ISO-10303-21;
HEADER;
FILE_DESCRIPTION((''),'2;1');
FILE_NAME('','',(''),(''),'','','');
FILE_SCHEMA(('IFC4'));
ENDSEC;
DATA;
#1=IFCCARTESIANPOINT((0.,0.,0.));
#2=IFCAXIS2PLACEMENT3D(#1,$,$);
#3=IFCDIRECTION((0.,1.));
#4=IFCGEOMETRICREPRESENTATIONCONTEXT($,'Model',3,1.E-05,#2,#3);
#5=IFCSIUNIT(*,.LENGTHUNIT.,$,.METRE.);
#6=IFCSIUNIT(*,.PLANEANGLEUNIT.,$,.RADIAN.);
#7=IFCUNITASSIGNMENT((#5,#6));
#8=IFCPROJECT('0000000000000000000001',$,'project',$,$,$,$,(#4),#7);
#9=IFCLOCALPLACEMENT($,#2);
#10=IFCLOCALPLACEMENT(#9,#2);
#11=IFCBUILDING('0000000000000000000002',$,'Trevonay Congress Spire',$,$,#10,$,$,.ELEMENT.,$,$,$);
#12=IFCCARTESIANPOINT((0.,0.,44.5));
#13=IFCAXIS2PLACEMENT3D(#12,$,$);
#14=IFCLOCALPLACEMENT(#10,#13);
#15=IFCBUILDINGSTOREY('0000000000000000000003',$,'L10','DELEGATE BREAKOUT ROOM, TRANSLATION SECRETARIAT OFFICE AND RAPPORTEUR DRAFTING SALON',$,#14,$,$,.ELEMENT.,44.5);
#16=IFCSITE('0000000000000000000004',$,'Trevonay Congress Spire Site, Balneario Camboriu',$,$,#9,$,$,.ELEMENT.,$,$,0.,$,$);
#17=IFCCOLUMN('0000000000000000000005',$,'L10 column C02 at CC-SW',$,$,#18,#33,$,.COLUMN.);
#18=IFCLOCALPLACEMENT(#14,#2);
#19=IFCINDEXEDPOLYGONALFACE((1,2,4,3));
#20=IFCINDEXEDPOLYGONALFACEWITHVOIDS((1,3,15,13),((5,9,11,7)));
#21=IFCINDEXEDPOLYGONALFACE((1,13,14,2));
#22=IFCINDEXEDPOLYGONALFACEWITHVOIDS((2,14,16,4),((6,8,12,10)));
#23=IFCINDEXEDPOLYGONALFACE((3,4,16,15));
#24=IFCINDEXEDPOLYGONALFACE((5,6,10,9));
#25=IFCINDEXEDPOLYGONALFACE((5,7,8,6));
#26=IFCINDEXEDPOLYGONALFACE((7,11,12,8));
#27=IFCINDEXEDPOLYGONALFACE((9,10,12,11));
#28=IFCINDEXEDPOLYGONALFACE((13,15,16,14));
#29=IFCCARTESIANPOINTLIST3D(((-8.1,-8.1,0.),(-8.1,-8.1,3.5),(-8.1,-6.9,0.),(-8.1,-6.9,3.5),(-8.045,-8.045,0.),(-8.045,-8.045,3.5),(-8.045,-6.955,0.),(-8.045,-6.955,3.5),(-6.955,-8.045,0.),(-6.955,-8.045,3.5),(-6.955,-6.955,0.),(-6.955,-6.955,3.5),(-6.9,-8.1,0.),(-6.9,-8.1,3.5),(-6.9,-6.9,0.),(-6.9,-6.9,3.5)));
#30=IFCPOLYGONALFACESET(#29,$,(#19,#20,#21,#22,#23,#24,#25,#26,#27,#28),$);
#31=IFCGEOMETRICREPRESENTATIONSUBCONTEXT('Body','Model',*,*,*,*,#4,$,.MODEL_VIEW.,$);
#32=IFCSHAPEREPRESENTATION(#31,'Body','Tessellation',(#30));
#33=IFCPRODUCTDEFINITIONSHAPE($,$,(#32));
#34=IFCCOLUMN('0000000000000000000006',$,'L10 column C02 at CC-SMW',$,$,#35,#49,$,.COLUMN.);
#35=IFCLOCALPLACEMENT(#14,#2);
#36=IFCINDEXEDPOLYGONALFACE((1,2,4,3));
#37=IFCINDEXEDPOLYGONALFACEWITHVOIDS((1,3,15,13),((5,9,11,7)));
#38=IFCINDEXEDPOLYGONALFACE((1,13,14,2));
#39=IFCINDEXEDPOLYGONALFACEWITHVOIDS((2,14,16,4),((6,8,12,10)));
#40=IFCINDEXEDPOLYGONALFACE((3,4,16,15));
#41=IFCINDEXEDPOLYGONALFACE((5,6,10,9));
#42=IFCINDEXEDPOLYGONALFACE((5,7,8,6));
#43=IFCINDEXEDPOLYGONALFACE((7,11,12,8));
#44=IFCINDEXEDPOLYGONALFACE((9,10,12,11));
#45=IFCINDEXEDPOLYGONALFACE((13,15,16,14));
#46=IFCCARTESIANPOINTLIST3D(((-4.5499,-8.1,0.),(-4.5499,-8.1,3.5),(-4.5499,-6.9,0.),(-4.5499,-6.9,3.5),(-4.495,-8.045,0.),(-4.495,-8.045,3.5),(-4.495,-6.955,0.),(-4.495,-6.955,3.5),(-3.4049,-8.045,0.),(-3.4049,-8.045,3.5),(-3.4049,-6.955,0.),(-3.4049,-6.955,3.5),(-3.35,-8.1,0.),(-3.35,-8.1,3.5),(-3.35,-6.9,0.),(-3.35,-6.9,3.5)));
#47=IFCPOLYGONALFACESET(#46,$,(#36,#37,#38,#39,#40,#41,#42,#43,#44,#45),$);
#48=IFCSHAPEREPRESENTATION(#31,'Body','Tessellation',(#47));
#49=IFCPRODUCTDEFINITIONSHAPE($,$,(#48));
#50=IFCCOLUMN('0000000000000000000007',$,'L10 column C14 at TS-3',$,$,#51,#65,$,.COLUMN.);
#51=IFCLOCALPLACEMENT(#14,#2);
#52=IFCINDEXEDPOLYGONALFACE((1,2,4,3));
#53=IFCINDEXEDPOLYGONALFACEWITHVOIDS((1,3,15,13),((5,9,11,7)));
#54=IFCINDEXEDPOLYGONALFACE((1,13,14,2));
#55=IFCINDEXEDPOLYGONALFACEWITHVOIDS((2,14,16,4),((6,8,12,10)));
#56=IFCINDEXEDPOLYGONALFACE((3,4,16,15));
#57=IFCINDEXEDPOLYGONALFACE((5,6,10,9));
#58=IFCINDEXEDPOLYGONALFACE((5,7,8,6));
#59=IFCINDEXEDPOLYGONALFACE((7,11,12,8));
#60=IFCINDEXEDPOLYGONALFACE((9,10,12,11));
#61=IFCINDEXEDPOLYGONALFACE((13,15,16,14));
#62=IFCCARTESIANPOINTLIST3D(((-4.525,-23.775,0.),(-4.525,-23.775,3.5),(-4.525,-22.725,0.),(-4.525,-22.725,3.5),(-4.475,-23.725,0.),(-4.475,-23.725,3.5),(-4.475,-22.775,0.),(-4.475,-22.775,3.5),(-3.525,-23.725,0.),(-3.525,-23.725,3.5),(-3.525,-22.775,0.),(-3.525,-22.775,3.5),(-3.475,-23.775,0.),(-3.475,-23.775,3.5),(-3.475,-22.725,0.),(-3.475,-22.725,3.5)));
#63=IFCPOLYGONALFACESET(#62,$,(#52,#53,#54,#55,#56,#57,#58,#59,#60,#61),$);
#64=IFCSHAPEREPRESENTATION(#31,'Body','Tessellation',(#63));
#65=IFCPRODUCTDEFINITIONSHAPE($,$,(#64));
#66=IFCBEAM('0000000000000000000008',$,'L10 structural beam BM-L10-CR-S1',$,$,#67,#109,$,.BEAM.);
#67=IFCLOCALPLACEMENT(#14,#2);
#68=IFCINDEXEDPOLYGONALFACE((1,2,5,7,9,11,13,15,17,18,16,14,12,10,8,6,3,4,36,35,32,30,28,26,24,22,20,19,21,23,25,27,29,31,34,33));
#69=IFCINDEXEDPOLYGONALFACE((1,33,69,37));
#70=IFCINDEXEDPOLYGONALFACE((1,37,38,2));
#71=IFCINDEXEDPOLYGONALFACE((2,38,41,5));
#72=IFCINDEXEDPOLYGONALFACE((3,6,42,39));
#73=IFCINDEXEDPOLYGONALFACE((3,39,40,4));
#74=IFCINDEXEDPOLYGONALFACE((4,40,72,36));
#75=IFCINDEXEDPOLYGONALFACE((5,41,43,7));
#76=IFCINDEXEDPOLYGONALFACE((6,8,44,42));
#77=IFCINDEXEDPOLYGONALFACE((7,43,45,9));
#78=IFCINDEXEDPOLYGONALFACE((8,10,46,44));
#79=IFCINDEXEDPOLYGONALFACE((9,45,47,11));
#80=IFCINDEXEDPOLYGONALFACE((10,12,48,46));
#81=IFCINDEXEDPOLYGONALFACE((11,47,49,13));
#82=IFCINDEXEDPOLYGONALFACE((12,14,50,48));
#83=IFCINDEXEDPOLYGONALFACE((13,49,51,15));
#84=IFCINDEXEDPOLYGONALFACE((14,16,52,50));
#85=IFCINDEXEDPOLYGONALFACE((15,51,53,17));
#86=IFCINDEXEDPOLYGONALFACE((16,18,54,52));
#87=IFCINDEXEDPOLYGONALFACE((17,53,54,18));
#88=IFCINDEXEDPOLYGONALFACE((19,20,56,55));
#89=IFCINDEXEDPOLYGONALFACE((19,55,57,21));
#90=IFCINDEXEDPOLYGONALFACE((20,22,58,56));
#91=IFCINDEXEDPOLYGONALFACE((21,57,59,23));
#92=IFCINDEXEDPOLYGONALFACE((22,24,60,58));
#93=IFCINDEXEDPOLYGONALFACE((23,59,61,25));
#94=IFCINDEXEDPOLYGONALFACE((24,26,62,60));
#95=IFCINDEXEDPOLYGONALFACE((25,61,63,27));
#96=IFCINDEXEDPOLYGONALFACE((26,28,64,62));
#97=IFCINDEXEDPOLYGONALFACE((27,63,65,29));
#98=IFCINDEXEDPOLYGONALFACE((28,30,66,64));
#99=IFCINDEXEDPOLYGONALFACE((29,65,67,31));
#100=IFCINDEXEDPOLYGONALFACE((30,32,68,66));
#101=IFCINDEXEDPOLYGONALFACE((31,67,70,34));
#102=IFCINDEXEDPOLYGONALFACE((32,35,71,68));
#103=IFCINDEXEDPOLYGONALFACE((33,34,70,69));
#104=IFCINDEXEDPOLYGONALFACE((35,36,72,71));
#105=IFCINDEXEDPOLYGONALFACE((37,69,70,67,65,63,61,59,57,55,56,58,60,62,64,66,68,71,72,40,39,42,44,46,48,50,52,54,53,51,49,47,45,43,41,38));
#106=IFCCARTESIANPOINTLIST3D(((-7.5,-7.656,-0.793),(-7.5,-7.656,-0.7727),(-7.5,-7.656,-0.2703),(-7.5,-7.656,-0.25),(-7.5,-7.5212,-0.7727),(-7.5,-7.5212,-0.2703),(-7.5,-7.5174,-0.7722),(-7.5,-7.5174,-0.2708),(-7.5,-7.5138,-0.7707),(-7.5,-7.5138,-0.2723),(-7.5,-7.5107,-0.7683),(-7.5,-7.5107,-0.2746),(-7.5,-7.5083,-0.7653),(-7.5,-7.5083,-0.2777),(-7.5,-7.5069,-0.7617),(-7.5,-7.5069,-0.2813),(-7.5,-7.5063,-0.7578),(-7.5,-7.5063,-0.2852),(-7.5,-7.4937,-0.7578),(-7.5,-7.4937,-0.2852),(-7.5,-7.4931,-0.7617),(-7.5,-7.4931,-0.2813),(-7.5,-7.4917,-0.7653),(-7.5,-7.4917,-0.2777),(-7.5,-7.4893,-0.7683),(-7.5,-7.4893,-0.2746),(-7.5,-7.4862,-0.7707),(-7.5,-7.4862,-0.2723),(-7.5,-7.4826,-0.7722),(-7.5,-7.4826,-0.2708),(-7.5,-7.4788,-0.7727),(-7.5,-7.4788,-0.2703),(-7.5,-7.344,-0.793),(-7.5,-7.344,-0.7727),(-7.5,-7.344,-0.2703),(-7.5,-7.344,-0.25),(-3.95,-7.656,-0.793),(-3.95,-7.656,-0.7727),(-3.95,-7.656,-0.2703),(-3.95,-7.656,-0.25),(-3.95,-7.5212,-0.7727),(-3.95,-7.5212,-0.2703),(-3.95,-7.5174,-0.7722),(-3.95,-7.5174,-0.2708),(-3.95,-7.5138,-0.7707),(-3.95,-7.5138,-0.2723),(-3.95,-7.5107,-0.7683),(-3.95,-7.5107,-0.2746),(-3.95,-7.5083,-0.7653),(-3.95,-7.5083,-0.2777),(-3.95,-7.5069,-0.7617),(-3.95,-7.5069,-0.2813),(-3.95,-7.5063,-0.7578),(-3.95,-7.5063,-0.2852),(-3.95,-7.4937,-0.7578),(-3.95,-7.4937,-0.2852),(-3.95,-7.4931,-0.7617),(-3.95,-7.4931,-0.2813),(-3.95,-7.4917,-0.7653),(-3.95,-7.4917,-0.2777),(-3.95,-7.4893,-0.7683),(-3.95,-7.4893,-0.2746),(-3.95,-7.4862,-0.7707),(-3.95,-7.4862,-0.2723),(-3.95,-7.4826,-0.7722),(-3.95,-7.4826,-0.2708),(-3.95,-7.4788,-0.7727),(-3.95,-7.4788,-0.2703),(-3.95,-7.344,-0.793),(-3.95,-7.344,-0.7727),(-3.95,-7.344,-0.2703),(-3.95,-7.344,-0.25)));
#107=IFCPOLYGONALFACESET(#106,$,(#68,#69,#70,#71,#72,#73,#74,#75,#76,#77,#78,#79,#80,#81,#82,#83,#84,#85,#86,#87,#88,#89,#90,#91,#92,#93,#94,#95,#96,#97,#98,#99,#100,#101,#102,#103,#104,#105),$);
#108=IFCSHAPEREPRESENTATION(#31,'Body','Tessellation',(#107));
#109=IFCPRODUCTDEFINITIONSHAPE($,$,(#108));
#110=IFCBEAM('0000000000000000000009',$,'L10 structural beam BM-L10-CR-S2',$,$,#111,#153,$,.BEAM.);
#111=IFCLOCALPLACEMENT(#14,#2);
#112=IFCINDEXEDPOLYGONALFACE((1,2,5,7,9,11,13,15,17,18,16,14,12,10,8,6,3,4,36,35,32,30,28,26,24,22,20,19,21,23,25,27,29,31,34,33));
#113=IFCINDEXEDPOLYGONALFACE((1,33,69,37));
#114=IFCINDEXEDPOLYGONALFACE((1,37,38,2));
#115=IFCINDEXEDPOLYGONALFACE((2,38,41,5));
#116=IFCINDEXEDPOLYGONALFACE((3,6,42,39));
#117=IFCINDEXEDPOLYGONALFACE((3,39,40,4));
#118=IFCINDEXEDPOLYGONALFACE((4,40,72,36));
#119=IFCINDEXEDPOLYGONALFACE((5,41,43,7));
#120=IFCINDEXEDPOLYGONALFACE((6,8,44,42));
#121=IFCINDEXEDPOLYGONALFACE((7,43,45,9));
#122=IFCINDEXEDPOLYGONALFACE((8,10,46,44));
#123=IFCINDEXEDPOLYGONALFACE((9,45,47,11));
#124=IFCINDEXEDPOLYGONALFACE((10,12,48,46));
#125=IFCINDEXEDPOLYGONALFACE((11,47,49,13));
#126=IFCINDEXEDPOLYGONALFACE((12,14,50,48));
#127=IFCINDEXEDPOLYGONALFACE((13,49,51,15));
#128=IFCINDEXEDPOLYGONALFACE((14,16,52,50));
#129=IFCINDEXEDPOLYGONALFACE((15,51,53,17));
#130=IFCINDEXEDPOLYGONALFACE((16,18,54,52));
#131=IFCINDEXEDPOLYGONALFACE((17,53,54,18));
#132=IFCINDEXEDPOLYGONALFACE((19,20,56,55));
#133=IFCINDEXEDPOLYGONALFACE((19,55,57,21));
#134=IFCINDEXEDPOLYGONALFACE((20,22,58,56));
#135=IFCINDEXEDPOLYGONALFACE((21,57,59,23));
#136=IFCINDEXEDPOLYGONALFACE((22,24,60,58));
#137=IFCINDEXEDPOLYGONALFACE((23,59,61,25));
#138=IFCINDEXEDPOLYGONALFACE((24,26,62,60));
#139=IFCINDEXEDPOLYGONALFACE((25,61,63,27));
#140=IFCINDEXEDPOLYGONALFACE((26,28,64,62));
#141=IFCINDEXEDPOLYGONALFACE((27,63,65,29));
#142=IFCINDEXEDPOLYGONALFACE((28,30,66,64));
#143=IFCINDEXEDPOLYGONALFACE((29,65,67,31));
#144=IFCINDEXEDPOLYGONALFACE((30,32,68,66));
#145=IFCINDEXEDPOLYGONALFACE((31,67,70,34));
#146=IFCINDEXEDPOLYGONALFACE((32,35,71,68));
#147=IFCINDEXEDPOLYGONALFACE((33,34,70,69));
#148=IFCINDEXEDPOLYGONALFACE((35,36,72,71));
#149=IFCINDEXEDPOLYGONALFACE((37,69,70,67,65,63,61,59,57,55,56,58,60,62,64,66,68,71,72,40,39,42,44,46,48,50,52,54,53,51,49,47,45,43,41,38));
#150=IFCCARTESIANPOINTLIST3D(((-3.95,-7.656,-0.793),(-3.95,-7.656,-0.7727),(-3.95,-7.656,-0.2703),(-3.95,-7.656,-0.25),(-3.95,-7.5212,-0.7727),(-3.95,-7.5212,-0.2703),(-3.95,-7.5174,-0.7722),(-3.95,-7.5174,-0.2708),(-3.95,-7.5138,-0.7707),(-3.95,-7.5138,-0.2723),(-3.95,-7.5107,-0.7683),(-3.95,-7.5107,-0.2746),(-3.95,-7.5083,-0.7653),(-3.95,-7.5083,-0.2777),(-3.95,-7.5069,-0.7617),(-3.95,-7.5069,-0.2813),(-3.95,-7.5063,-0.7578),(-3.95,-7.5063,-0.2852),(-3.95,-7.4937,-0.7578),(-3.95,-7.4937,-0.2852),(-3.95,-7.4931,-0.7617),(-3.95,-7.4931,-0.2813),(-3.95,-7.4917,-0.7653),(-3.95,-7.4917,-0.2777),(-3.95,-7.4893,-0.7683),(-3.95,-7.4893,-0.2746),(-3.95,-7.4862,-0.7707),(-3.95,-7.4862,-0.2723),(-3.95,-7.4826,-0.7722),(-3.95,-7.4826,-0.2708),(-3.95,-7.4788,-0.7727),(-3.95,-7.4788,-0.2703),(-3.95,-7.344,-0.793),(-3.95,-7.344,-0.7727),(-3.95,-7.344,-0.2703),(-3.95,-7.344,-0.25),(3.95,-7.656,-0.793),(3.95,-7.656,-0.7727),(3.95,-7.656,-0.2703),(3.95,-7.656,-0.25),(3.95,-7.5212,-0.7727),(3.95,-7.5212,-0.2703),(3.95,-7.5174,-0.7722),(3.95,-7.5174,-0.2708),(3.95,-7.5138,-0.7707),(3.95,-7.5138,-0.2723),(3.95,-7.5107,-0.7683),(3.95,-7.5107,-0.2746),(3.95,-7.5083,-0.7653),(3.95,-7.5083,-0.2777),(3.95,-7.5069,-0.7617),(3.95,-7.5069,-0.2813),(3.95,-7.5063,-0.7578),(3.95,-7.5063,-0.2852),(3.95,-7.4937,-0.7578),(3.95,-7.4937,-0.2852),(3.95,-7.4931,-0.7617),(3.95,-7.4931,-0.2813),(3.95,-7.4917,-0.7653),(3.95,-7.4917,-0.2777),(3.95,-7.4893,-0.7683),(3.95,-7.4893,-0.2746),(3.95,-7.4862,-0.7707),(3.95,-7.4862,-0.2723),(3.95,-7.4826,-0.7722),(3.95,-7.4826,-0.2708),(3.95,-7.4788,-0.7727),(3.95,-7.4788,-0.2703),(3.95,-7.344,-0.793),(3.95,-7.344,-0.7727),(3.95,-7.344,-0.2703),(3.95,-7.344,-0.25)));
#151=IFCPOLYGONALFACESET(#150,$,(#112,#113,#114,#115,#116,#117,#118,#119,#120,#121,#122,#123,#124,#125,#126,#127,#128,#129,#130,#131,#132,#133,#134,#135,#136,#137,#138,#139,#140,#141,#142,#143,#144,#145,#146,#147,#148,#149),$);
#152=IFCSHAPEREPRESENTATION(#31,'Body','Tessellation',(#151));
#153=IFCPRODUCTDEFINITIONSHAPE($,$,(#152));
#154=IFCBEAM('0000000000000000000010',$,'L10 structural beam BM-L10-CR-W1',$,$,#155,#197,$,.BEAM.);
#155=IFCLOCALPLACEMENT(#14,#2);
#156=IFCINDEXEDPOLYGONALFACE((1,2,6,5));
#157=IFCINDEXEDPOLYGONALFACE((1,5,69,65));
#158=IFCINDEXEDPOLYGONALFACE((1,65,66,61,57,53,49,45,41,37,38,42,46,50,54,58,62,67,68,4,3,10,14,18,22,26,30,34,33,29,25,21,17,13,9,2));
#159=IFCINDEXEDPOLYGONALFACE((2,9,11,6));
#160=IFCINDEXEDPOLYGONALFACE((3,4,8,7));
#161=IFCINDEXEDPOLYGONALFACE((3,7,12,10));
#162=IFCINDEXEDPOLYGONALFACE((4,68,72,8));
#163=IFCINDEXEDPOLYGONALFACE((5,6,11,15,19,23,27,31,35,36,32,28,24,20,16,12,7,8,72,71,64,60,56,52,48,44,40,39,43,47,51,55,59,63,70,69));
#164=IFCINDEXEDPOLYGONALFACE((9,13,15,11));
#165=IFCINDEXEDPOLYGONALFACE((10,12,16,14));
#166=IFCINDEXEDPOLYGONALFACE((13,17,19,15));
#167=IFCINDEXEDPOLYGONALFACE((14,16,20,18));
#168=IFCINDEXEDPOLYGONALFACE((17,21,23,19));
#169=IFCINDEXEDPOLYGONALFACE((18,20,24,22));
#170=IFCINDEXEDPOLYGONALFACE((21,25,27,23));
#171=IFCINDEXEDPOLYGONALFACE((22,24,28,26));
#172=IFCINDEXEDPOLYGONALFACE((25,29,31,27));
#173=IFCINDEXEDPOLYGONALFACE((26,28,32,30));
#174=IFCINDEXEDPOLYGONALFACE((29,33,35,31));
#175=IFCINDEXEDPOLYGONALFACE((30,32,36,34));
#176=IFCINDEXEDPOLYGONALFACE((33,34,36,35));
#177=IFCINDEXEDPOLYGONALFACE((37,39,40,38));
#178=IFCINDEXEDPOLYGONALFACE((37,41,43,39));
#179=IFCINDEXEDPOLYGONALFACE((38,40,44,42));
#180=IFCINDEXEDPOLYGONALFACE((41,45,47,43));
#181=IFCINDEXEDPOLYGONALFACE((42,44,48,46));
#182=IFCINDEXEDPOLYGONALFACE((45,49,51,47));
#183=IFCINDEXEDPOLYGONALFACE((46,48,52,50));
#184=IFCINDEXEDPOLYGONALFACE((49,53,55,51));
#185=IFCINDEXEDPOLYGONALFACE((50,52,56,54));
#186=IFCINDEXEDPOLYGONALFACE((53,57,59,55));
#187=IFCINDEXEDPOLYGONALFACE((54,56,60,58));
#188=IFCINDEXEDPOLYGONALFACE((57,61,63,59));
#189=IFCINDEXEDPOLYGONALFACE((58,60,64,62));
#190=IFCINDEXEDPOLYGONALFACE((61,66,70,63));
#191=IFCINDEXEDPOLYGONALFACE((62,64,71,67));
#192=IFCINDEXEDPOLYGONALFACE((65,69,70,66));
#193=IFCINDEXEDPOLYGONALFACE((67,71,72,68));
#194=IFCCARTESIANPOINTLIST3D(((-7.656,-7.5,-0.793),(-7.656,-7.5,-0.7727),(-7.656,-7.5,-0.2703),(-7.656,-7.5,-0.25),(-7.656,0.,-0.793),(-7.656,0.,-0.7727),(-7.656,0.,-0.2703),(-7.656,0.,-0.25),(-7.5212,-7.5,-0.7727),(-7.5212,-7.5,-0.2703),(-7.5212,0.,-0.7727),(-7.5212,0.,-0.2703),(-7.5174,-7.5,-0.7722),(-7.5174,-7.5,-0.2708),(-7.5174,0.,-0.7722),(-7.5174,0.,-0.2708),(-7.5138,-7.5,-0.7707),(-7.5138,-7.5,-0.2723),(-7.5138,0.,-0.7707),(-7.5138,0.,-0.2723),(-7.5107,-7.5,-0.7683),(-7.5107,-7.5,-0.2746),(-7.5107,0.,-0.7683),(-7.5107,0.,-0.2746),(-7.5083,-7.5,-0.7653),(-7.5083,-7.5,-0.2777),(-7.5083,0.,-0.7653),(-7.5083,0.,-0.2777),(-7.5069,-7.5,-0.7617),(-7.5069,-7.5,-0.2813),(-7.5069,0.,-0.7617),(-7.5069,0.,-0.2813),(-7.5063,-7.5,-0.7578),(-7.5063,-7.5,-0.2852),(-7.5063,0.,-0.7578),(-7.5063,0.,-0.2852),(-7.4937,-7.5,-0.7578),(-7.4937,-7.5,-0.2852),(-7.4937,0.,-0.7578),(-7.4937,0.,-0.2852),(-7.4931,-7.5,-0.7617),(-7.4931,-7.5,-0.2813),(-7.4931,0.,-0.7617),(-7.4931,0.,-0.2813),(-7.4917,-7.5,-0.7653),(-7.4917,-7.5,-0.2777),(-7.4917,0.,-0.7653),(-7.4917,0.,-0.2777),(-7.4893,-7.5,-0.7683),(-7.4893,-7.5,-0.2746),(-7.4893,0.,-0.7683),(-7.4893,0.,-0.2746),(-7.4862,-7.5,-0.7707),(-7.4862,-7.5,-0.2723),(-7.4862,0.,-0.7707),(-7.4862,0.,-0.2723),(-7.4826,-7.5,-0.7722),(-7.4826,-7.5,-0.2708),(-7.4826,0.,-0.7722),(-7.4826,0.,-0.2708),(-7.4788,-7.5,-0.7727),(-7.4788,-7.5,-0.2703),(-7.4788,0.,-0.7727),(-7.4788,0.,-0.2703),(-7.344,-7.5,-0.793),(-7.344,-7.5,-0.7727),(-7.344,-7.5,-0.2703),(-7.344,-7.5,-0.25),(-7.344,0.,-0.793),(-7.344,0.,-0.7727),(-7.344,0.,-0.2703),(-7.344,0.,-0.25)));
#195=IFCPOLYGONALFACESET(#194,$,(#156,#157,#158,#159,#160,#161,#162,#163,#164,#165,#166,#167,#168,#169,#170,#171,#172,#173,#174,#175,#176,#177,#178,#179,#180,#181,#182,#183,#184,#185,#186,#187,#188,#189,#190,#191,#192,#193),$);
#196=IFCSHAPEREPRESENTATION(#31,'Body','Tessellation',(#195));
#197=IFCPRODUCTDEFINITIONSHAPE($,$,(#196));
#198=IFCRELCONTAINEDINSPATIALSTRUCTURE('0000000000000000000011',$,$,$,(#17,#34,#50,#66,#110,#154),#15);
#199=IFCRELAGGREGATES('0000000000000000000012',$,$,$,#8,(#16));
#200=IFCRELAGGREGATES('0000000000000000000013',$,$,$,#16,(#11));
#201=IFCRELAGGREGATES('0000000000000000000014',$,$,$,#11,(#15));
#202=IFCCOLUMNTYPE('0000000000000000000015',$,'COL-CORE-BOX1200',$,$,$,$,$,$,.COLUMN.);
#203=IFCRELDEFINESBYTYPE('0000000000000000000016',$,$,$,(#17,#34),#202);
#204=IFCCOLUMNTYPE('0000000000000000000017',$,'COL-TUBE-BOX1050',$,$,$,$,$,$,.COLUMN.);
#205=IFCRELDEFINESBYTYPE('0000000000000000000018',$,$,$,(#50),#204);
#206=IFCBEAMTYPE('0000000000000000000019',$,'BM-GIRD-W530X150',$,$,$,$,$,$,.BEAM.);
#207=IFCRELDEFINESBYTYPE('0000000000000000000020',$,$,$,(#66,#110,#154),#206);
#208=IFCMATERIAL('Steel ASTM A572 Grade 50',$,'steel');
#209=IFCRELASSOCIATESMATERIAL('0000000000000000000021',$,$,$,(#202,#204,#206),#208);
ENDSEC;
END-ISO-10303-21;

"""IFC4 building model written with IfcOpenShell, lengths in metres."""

from ifc_helpers import new_model, si_unit, direction, frame, origin, origin_2d, place, context, subcontext, project, spatial, hollow_rectangle, i_section, extrude, material, material_profile, profile_set, type_object, element, save


model = new_model("IFC4")

# Units and contexts
model_context = context("Model", 3, precision=1e-05, world=origin(), true_north=direction((0.0, 1.0)))
body_context = subcontext(model_context, "Body", "Model", "MODEL_VIEW")
ifc_project = project(units=[si_unit("LENGTHUNIT", "METRE"), si_unit("PLANEANGLEUNIT", "RADIAN")], contexts=[model_context])

# Site, building, storey
site_placement = place(None, origin())
site = spatial("IfcSite", under=ifc_project, at=site_placement, Name="Trevonay Congress Spire Site, Balneario Camboriu", CompositionType="ELEMENT", RefElevation=0.0)
building_placement = place(site_placement, origin())
building = spatial("IfcBuilding", under=site, at=building_placement, Name="Trevonay Congress Spire", CompositionType="ELEMENT")
storey_placement = place(building_placement, frame((0.0, 0.0, 44.5)))
storey = spatial("IfcBuildingStorey", under=building, at=storey_placement, Name="L10", Description="DELEGATE BREAKOUT ROOM, TRANSLATION SECRETARIAT OFFICE AND RAPPORTEUR DRAFTING SALON", CompositionType="ELEMENT", Elevation=44.5)

# Columns
ifc_material_1 = material(Name="Steel ASTM A572 Grade 50", Category="steel")
ifc_material_profile_1 = material_profile(ifc_material_1, hollow_rectangle(XDim=1.2, YDim=1.2, WallThickness=0.0549, at=origin_2d()), Name="BOX 1200x1200x55")
ifc_profile_set_1 = profile_set([ifc_material_profile_1], Name="Steel ASTM A572 Grade 50")
column_type_1 = type_object("IfcColumnType", Name="COL-CORE-BOX1200", PredefinedType="COLUMN", material=ifc_profile_set_1)
for number, where, z_axis, x_axis, name in (
    (1, (-7.5, -7.5, 0.0), (0.0, 0.0, 1.0), (1.0, 0.0, 0.0), "L10 column C02 at CC-SW"),
    (2, (-3.95, -7.5, 0.0), (0.0, 0.0, 1.0), (1.0, 0.0, 0.0), "L10 column C02 at CC-SMW"),
):
    element("IfcColumn", number, at=place(storey_placement, frame(where, z_axis=z_axis, x_axis=x_axis)), inside=storey, type_object=column_type_1, Name=name, PredefinedType="COLUMN", context=body_context, shape_type="SweptSolid", body=[
        extrude(hollow_rectangle(XDim=1.2, YDim=1.2, WallThickness=0.0549, at=origin_2d()), origin(), (0.0, 0.0, 1.0), 3.5),
    ])
ifc_material_profile_2 = material_profile(ifc_material_1, hollow_rectangle(XDim=1.05, YDim=1.05, WallThickness=0.05, at=origin_2d()), Name="BOX 1050x1050x50")
ifc_profile_set_2 = profile_set([ifc_material_profile_2], Name="Steel ASTM A572 Grade 50")
column_type_2 = type_object("IfcColumnType", Name="COL-TUBE-BOX1050", PredefinedType="COLUMN", material=ifc_profile_set_2)
column_placement = place(storey_placement, frame((-4.0, -23.25, 0.0), z_axis=(0.0, 0.0, 1.0), x_axis=(1.0, 0.0, 0.0)))
element("IfcColumn", 3, at=column_placement, inside=storey, type_object=column_type_2, Name="L10 column C14 at TS-3", PredefinedType="COLUMN", context=body_context, shape_type="SweptSolid", body=[
    extrude(hollow_rectangle(XDim=1.05, YDim=1.05, WallThickness=0.05, at=origin_2d()), origin(), (0.0, 0.0, 1.0), 3.5),
])

# Beams
ifc_material_profile_3 = material_profile(ifc_material_1, i_section(OverallWidth=0.312, OverallDepth=0.543, WebThickness=0.0127, FlangeThickness=0.0203, FilletRadius=0.0149, at=origin_2d()), Name="W530x150")
ifc_profile_set_3 = profile_set([ifc_material_profile_3], Name="Steel ASTM A572 Grade 50")
beam_type_1 = type_object("IfcBeamType", Name="BM-GIRD-W530X150", PredefinedType="BEAM", material=ifc_profile_set_3)
beam_1_placement = place(storey_placement, frame((-7.5, -7.5, -0.5215), z_axis=(1.0, 0.0, 0.0), x_axis=(0.0, 1.0, 0.0)))
element("IfcBeam", 4, at=beam_1_placement, inside=storey, type_object=beam_type_1, Name="L10 structural beam BM-L10-CR-S1", PredefinedType="BEAM", context=body_context, shape_type="SweptSolid", body=[
    extrude(i_section(OverallWidth=0.312, OverallDepth=0.543, WebThickness=0.0127, FlangeThickness=0.0203, FilletRadius=0.0149, at=origin_2d()), origin(), (0.0, 0.0, 1.0), 3.55),
])
beam_2_placement = place(storey_placement, frame((-3.95, -7.5, -0.5215), z_axis=(1.0, 0.0, 0.0), x_axis=(0.0, 1.0, 0.0)))
element("IfcBeam", 5, at=beam_2_placement, inside=storey, type_object=beam_type_1, Name="L10 structural beam BM-L10-CR-S2", PredefinedType="BEAM", context=body_context, shape_type="SweptSolid", body=[
    extrude(i_section(OverallWidth=0.312, OverallDepth=0.543, WebThickness=0.0127, FlangeThickness=0.0203, FilletRadius=0.0149, at=origin_2d()), origin(), (0.0, 0.0, 1.0), 7.8999),
])
beam_3_placement = place(storey_placement, frame((-7.5, -7.5, -0.5215), z_axis=(0.0, 1.0, 0.0), x_axis=(-1.0, 0.0, 0.0)))
element("IfcBeam", 6, at=beam_3_placement, inside=storey, type_object=beam_type_1, Name="L10 structural beam BM-L10-CR-W1", PredefinedType="BEAM", context=body_context, shape_type="SweptSolid", body=[
    extrude(i_section(OverallWidth=0.312, OverallDepth=0.543, WebThickness=0.0127, FlangeThickness=0.0203, FilletRadius=0.0149, at=origin_2d()), origin(), (0.0, 0.0, 1.0), 7.5),
])

save(model, "model.ifc")
